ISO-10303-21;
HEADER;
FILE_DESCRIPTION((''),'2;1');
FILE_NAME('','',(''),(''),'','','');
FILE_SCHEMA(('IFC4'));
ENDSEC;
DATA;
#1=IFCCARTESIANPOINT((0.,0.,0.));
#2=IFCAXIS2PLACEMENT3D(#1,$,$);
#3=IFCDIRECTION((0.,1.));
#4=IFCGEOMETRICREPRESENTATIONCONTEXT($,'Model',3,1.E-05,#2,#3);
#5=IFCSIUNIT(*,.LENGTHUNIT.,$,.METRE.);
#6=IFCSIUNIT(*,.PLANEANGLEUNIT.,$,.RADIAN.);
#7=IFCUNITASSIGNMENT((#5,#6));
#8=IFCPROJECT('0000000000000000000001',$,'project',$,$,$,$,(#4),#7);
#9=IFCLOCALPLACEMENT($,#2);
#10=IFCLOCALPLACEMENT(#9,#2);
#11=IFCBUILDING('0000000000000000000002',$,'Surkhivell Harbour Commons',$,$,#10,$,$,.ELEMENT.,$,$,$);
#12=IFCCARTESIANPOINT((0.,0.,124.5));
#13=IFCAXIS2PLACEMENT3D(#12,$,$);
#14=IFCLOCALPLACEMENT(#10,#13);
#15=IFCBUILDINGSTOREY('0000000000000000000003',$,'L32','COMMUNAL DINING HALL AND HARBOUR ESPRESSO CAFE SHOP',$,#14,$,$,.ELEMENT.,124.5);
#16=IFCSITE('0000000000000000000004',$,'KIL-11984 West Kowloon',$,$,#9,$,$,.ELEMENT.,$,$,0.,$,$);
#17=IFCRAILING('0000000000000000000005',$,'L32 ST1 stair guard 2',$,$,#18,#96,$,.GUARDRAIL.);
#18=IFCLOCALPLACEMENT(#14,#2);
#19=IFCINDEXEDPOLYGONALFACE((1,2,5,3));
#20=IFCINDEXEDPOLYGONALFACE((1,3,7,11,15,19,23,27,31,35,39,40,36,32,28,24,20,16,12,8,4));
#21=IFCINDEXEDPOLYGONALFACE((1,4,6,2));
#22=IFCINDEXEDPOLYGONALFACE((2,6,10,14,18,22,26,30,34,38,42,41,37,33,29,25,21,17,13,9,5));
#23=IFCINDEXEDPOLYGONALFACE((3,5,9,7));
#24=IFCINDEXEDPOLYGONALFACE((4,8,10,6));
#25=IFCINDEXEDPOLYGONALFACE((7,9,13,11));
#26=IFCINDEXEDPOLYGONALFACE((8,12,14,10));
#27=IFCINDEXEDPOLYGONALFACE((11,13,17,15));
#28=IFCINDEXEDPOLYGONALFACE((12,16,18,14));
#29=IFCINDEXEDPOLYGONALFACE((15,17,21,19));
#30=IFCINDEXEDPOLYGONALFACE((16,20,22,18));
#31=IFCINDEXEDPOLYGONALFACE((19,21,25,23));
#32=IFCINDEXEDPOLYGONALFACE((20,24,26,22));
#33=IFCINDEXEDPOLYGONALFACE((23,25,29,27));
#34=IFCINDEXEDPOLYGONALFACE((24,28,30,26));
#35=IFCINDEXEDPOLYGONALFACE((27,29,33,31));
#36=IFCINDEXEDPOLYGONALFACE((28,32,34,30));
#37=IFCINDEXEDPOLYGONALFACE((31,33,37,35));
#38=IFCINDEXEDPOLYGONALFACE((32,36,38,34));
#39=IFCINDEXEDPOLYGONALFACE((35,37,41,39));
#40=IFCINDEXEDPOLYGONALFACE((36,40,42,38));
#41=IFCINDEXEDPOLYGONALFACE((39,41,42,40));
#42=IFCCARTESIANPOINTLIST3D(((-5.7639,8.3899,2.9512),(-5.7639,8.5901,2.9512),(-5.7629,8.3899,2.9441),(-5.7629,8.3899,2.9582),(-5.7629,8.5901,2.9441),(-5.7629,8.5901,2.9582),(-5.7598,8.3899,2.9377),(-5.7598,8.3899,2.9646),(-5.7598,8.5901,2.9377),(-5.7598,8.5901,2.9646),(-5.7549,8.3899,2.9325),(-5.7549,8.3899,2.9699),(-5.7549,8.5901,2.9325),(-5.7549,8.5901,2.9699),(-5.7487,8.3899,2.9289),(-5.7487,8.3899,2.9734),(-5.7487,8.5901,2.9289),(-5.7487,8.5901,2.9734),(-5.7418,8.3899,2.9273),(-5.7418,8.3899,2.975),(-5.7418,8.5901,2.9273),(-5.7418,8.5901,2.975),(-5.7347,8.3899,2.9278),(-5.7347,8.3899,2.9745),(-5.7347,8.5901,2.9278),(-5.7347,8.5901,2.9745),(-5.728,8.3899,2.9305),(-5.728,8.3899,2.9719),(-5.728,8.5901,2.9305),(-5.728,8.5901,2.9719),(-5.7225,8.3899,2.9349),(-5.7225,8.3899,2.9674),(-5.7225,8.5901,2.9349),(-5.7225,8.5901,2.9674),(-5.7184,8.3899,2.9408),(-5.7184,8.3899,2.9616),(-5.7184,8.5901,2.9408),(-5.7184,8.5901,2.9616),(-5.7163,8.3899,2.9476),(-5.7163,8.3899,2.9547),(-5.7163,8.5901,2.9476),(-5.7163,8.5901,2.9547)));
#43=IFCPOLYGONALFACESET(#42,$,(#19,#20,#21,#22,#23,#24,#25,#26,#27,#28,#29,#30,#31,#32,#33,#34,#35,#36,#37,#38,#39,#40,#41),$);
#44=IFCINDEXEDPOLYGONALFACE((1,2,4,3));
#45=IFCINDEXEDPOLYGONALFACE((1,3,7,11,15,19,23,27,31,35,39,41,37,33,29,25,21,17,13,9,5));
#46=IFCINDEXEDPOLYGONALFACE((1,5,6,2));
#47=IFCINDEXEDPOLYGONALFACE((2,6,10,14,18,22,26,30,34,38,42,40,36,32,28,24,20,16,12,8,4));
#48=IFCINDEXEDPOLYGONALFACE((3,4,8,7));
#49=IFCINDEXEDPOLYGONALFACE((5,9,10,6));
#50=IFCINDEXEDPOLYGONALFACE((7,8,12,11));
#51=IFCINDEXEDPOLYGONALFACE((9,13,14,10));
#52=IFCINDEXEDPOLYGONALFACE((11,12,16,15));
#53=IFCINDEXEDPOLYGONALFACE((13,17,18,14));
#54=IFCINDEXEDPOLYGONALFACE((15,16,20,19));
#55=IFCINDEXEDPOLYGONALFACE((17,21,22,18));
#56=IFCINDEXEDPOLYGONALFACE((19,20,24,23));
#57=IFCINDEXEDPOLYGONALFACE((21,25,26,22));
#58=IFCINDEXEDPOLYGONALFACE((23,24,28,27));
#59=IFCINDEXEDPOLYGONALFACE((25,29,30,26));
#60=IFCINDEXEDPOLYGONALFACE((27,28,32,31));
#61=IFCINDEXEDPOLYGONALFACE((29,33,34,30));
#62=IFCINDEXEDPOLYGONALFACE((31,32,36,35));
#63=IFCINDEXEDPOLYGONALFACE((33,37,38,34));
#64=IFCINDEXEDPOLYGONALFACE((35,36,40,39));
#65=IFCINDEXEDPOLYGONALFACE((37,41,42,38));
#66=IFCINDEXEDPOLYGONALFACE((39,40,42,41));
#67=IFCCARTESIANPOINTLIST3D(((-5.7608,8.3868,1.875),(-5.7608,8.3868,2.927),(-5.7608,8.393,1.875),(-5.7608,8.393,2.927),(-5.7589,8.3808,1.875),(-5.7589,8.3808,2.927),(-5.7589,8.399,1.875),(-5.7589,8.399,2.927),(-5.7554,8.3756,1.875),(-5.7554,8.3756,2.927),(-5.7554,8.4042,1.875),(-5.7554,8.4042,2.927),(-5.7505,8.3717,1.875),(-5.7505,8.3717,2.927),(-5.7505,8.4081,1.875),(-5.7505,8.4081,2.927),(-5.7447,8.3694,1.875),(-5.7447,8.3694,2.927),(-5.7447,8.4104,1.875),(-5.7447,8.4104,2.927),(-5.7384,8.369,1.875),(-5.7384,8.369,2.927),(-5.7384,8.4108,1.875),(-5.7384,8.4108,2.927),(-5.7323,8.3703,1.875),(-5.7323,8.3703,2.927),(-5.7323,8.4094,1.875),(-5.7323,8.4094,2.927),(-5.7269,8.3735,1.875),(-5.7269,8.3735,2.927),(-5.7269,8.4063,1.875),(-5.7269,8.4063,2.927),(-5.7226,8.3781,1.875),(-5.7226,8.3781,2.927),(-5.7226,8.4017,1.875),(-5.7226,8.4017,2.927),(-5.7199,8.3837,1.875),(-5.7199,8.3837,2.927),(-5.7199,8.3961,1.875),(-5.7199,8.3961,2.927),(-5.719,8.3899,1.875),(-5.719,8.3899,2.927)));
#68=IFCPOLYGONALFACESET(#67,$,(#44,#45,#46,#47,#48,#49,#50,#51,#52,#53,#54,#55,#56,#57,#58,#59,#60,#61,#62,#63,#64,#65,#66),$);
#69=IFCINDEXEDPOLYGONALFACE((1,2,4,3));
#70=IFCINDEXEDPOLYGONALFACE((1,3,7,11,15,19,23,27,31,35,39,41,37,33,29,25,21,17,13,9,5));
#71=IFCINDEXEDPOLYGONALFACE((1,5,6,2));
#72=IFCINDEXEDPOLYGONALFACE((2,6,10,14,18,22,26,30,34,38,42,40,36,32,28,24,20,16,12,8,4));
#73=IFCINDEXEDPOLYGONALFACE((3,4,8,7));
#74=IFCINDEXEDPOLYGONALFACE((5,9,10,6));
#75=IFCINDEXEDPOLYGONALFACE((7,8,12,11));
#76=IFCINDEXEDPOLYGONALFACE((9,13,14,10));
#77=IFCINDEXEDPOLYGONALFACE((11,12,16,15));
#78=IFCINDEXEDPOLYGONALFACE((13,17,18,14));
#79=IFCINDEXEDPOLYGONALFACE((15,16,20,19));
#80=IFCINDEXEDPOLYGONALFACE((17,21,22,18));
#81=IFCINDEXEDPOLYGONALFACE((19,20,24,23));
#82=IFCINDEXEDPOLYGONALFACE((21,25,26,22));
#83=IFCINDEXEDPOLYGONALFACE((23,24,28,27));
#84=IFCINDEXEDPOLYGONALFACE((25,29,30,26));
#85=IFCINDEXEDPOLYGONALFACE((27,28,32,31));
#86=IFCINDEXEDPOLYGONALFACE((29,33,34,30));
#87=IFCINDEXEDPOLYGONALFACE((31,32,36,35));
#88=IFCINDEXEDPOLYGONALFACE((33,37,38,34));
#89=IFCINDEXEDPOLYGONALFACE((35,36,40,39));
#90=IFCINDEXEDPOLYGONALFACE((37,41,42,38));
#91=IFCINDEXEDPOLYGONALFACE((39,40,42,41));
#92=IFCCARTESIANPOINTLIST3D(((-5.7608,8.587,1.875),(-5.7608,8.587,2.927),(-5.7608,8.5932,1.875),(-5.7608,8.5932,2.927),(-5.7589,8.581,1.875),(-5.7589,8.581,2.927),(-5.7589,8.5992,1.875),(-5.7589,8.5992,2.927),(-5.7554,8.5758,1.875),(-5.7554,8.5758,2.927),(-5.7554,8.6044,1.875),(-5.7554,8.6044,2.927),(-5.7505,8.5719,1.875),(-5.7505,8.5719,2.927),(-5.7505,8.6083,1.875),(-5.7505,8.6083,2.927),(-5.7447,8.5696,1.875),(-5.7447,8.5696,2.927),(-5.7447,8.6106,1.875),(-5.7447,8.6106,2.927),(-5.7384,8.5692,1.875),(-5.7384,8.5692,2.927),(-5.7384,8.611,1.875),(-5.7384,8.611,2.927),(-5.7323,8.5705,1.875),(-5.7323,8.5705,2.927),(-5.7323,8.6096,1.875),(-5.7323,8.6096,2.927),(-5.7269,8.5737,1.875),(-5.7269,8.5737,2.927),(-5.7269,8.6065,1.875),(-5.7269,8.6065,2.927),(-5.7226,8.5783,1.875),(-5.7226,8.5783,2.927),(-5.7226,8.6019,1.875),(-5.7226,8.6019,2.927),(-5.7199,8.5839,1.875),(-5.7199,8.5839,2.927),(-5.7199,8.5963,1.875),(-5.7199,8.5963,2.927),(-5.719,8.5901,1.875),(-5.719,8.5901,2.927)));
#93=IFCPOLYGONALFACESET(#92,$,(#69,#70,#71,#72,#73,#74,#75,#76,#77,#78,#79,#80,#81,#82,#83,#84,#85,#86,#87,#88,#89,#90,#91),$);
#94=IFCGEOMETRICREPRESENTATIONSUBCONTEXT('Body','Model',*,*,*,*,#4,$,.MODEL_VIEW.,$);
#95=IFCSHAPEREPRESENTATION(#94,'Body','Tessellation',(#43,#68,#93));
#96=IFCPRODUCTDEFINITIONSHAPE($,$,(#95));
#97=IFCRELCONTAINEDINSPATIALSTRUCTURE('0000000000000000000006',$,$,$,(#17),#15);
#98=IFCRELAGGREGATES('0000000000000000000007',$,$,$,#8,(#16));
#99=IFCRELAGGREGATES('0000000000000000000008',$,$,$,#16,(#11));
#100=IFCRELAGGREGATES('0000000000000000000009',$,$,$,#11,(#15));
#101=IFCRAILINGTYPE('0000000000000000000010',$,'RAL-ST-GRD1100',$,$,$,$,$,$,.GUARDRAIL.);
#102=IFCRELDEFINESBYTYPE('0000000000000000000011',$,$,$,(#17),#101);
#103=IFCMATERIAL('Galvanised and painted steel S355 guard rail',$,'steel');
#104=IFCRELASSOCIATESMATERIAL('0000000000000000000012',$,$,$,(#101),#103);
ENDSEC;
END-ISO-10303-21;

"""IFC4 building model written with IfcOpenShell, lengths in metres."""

from ifc_helpers import new_model, si_unit, direction, frame, origin, origin_2d, place, context, subcontext, project, spatial, circle, extrude, material, type_object, element, save


model = new_model("IFC4")

# Units and contexts
model_context = context("Model", 3, precision=1e-05, world=origin(), true_north=direction((0.0, 1.0)))
body_context = subcontext(model_context, "Body", "Model", "MODEL_VIEW")
ifc_project = project(units=[si_unit("LENGTHUNIT", "METRE"), si_unit("PLANEANGLEUNIT", "RADIAN")], contexts=[model_context])

# Site, building, storey
site_placement = place(None, origin())
site = spatial("IfcSite", under=ifc_project, at=site_placement, Name="KIL-11984 West Kowloon", CompositionType="ELEMENT", RefElevation=0.0)
building_placement = place(site_placement, origin())
building = spatial("IfcBuilding", under=site, at=building_placement, Name="Surkhivell Harbour Commons", CompositionType="ELEMENT")
storey_placement = place(building_placement, frame((0.0, 0.0, 124.5)))
storey = spatial("IfcBuildingStorey", under=building, at=storey_placement, Name="L32", Description="COMMUNAL DINING HALL AND HARBOUR ESPRESSO CAFE SHOP", CompositionType="ELEMENT", Elevation=124.5)

# Railing
ifc_material_1 = material(Name="Galvanised and painted steel S355 guard rail", Category="steel")
railing_type_1 = type_object("IfcRailingType", Name="RAL-ST-GRD1100", PredefinedType="GUARDRAIL", material=ifc_material_1)
railing_1_placement = place(storey_placement, frame((-5.74, 8.3899, 1.875)))
element("IfcRailing", 1, at=railing_1_placement, inside=storey, type_object=railing_type_1, Name="L32 ST1 stair guard 2", PredefinedType="GUARDRAIL", context=body_context, shape_type="SweptSolid", body=[
    extrude(circle(Radius=0.0239, at=origin_2d()), frame((0.0, 0.0, 1.0762), z_axis=(0.0, 1.0, 0.0), x_axis=(-1.0, 0.0, 0.0)), (0.0, 0.0, 1.0), 0.2002),
    extrude(circle(Radius=0.021, at=origin_2d()), origin(), (0.0, 0.0, 1.0), 1.052),
    extrude(circle(Radius=0.021, at=origin_2d()), frame((0.0, 0.2002, 0.0)), (0.0, 0.0, 1.0), 1.052),
])

save(model, "model.ifc")
